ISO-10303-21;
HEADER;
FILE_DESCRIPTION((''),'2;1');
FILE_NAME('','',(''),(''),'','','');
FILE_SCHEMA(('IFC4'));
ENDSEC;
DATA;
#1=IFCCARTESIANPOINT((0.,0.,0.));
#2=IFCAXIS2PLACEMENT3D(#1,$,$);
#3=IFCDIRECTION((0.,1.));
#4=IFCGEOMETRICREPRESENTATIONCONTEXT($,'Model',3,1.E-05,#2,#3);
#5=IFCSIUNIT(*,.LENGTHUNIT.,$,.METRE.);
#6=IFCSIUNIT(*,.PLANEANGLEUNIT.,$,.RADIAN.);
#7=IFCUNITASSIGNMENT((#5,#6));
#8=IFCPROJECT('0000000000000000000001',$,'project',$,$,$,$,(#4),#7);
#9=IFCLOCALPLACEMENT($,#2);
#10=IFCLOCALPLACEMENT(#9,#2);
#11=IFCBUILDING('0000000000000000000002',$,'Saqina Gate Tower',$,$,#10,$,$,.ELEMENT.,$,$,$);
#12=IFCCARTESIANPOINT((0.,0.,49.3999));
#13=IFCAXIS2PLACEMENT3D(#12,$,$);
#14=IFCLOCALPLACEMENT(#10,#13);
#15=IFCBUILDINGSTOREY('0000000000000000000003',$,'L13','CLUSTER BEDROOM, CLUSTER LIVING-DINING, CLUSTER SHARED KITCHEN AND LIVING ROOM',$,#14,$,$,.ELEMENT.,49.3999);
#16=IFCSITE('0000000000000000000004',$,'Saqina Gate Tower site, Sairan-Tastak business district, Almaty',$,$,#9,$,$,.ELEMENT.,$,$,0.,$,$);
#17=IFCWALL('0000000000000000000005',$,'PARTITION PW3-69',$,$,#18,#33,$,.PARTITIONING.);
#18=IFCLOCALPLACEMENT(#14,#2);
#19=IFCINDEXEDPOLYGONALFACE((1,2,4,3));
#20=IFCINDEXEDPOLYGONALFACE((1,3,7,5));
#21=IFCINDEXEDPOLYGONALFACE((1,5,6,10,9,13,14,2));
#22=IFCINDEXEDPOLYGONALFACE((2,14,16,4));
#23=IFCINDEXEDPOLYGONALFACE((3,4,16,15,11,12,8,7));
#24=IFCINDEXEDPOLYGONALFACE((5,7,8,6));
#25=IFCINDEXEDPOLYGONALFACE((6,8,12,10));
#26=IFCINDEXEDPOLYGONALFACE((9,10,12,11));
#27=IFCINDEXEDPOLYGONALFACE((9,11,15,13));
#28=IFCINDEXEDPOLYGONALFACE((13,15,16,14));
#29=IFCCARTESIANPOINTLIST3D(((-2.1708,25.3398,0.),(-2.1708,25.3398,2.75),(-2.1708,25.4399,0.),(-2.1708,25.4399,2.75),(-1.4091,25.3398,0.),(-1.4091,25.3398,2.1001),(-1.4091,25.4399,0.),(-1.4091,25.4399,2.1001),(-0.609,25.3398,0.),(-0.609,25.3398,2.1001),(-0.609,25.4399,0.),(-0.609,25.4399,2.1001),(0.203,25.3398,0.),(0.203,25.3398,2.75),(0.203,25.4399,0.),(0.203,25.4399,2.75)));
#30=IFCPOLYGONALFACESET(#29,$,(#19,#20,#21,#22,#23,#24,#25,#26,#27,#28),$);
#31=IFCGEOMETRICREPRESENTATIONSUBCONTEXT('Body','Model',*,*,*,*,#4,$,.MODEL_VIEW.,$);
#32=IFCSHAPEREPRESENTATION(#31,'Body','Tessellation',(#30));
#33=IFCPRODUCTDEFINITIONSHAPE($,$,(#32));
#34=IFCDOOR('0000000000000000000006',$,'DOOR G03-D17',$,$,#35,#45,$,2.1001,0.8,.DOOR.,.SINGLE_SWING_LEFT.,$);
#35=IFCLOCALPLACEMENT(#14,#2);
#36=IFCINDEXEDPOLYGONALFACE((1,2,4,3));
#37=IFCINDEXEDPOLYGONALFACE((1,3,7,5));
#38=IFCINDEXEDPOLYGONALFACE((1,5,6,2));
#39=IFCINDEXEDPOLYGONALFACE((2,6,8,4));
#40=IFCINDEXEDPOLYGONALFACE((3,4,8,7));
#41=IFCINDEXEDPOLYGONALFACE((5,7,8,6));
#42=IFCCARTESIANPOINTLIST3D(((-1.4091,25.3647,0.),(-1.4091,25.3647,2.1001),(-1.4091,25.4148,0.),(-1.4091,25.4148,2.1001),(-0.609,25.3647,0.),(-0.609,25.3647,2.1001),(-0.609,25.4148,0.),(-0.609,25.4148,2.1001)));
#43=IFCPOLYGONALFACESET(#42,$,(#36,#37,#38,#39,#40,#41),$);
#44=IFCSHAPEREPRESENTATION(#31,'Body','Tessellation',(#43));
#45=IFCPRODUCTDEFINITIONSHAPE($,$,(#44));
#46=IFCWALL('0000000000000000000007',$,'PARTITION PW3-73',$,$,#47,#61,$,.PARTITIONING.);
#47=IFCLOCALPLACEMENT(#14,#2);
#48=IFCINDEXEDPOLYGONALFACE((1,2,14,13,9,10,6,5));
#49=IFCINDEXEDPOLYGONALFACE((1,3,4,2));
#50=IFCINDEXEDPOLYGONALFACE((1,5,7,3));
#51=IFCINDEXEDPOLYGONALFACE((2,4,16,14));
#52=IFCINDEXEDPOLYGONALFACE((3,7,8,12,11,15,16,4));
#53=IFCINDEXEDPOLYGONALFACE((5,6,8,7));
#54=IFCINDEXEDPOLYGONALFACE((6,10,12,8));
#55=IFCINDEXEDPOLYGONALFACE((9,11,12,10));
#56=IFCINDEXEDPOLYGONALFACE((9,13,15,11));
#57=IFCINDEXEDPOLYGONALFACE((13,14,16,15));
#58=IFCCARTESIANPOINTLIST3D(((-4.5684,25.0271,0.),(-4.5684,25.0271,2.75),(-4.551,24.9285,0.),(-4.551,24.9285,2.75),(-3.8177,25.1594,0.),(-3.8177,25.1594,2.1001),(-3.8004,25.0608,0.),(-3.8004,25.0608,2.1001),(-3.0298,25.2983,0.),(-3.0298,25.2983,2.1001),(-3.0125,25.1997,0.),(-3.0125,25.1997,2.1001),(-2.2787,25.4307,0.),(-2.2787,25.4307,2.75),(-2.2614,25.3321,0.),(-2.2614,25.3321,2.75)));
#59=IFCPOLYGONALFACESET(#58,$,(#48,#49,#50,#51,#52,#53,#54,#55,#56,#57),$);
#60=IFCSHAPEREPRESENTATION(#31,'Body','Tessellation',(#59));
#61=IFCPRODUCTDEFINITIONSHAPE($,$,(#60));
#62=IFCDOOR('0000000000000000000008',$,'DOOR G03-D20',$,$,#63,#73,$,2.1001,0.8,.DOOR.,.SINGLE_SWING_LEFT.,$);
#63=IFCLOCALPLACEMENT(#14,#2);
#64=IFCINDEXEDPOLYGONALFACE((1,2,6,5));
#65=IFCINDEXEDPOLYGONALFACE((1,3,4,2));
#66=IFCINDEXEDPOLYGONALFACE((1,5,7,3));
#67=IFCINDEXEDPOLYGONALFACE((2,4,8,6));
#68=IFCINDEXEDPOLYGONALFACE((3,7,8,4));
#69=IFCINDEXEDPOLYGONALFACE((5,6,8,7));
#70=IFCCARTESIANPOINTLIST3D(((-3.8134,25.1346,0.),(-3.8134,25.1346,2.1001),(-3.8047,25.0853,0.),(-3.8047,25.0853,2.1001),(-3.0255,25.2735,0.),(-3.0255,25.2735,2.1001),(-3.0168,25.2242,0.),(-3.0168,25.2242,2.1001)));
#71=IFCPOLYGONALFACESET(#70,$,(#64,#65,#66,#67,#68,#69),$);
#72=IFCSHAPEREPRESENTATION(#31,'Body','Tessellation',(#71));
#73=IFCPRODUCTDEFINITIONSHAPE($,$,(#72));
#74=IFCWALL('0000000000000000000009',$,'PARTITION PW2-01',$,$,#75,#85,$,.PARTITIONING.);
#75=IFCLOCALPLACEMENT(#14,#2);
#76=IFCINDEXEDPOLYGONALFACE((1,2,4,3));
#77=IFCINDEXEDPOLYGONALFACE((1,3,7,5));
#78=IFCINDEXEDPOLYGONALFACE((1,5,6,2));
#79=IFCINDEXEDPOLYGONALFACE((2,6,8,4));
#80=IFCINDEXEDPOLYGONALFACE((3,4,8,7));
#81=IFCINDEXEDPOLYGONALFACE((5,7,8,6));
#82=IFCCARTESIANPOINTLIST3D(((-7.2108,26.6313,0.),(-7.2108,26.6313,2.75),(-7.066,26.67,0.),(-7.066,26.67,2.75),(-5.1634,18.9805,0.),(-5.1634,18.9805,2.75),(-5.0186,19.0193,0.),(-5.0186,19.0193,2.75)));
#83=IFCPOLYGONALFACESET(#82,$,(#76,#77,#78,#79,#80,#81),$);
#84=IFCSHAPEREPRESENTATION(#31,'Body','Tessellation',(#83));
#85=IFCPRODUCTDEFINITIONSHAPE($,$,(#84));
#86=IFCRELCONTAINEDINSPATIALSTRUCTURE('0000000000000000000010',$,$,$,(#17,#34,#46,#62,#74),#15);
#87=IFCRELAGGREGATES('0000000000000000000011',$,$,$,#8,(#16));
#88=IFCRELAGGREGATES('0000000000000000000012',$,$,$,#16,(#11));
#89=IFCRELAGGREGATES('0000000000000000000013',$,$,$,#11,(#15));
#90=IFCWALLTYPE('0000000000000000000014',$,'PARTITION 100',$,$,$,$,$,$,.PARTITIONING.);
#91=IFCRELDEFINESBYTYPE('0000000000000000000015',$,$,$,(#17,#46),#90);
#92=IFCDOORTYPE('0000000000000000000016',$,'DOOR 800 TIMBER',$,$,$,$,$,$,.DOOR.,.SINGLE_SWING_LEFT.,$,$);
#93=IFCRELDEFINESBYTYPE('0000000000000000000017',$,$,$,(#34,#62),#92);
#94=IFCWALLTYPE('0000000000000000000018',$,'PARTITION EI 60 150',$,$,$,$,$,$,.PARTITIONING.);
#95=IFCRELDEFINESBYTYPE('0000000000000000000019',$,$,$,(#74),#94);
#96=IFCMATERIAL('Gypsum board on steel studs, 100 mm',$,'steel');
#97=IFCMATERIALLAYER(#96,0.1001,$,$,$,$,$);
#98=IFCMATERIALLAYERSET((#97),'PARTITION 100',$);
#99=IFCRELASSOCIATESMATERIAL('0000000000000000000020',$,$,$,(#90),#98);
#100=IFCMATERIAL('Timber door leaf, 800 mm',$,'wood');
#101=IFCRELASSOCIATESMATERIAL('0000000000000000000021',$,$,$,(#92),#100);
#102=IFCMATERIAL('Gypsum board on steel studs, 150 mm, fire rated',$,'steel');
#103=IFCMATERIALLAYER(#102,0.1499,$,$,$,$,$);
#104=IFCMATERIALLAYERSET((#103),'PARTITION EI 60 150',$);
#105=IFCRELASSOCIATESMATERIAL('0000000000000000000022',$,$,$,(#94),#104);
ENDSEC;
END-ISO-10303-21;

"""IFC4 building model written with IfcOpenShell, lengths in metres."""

from ifc_helpers import new_model, si_unit, direction, frame, frame_2d, origin, place, context, subcontext, project, spatial, rectangle, extrude, material, layer, layer_set, type_object, element, fill, save


model = new_model("IFC4")

# Units and contexts
model_context = context("Model", 3, precision=1e-05, world=origin(), true_north=direction((0.0, 1.0)))
body_context = subcontext(model_context, "Body", "Model", "MODEL_VIEW")
ifc_project = project(units=[si_unit("LENGTHUNIT", "METRE"), si_unit("PLANEANGLEUNIT", "RADIAN")], contexts=[model_context])

# Site, building, storey
site_placement = place(None, origin())
site = spatial("IfcSite", under=ifc_project, at=site_placement, Name="Saqina Gate Tower site, Sairan-Tastak business district, Almaty", CompositionType="ELEMENT", RefElevation=0.0)
building_placement = place(site_placement, origin())
building = spatial("IfcBuilding", under=site, at=building_placement, Name="Saqina Gate Tower", CompositionType="ELEMENT")
storey_placement = place(building_placement, frame((0.0, 0.0, 49.3999)))
storey = spatial("IfcBuildingStorey", under=building, at=storey_placement, Name="L13", Description="CLUSTER BEDROOM, CLUSTER LIVING-DINING, CLUSTER SHARED KITCHEN AND LIVING ROOM", CompositionType="ELEMENT", Elevation=49.3999)

# Shared definitions
ifc_material_1 = material(Name="Gypsum board on steel studs, 100 mm", Category="steel")
ifc_layer_1 = layer(ifc_material_1, 0.1001)
ifc_layer_set_1 = layer_set([ifc_layer_1], Name="PARTITION 100")
wall_type_1 = type_object("IfcWallType", Name="PARTITION 100", PredefinedType="PARTITIONING", material=ifc_layer_set_1)

# Walls, openings, doors
wall_1_placement = place(storey_placement, frame((-2.1709, 25.3899, 0.0), z_axis=(0.0, 0.0, 1.0), x_axis=(1.0, 0.0, 0.0)))
wall_1 = element("IfcWall", 1, at=wall_1_placement, inside=storey, type_object=wall_type_1, Name="PARTITION PW3-69", PredefinedType="PARTITIONING", context=body_context, shape_type="SweptSolid", body=[
    extrude(rectangle(XDim=2.3738, YDim=0.1001, at=frame_2d((1.187, 0.0))), origin(), (0.0, 0.0, 1.0), 2.75),
])
opening_1_placement = place(wall_1_placement, frame((0.762, 0.0, 0.0)))
opening_1 = element("IfcOpeningElement", 2, at=opening_1_placement, cuts=wall_1, PredefinedType="OPENING", context=body_context, shape_type="SweptSolid", body=[
    extrude(rectangle(XDim=0.8, YDim=2.1001, at=frame_2d((0.3999, 1.05))), frame((0.0, 0.062, 0.0), z_axis=(0.0, -1.0, 0.0), x_axis=(1.0, 0.0, 0.0)), (0.0, 0.0, 1.0), 0.124),
])
ifc_material_2 = material(Name="Timber door leaf, 800 mm", Category="wood")
door_type = type_object("IfcDoorType", Name="DOOR 800 TIMBER", OperationType="SINGLE_SWING_LEFT", PredefinedType="DOOR", material=ifc_material_2)
door_1_placement = place(opening_1_placement, origin())
door_1 = element("IfcDoor", 3, at=door_1_placement, inside=storey, type_object=door_type, Name="DOOR G03-D17", OperationType="SINGLE_SWING_LEFT", OverallHeight=2.1001, OverallWidth=0.8, PredefinedType="DOOR", context=body_context, shape_type="SweptSolid", body=[
    extrude(rectangle(XDim=0.8, YDim=2.1001, at=frame_2d((0.3999, 1.05))), frame((0.0, 0.0249, 0.0), z_axis=(0.0, -1.0, 0.0), x_axis=(1.0, 0.0, 0.0)), (0.0, 0.0, 1.0), 0.05),
])
fill(opening_1, door_1)
wall_2_placement = place(storey_placement, frame((-4.5598, 24.9778, 0.0), z_axis=(0.0, 0.0, 1.0), x_axis=(0.984818, 0.173588, 0.0)))
wall_2 = element("IfcWall", 4, at=wall_2_placement, inside=storey, type_object=wall_type_1, Name="PARTITION PW3-73", PredefinedType="PARTITIONING", context=body_context, shape_type="SweptSolid", body=[
    extrude(rectangle(XDim=2.325, YDim=0.1001, at=frame_2d((1.1626, 0.0))), origin(), (0.0, 0.0, 1.0), 2.75),
])
opening_2_placement = place(wall_2_placement, frame((0.7625, 0.0, 0.0)))
opening_2 = element("IfcOpeningElement", 5, at=opening_2_placement, cuts=wall_2, PredefinedType="OPENING", context=body_context, shape_type="SweptSolid", body=[
    extrude(rectangle(XDim=0.8, YDim=2.1001, at=frame_2d((0.3999, 1.05))), frame((0.0, 0.062, 0.0), z_axis=(0.0, -1.0, 0.0), x_axis=(1.0, 0.0, 0.0)), (0.0, 0.0, 1.0), 0.124),
])
door_2_placement = place(opening_2_placement, origin())
door_2 = element("IfcDoor", 6, at=door_2_placement, inside=storey, type_object=door_type, Name="DOOR G03-D20", OperationType="SINGLE_SWING_LEFT", OverallHeight=2.1001, OverallWidth=0.8, PredefinedType="DOOR", context=body_context, shape_type="SweptSolid", body=[
    extrude(rectangle(XDim=0.8, YDim=2.1001, at=frame_2d((0.3999, 1.05))), frame((0.0, 0.0249, 0.0), z_axis=(0.0, -1.0, 0.0), x_axis=(1.0, 0.0, 0.0)), (0.0, 0.0, 1.0), 0.05),
])
fill(opening_2, door_2)

# Wall
ifc_material_3 = material(Name="Gypsum board on steel studs, 150 mm, fire rated", Category="steel")
ifc_layer_2 = layer(ifc_material_3, 0.1499)
ifc_layer_set_2 = layer_set([ifc_layer_2], Name="PARTITION EI 60 150")
wall_type_2 = type_object("IfcWallType", Name="PARTITION EI 60 150", PredefinedType="PARTITIONING", material=ifc_layer_set_2)
wall_3_placement = place(storey_placement, frame((-7.1384, 26.6506, 0.0), z_axis=(0.0, 0.0, 1.0), x_axis=(0.258511, -0.966008, 0.0)))
element("IfcWall", 7, at=wall_3_placement, inside=storey, type_object=wall_type_2, Name="PARTITION PW2-01", PredefinedType="PARTITIONING", context=body_context, shape_type="SweptSolid", body=[
    extrude(rectangle(XDim=7.9199, YDim=0.1499, at=frame_2d((3.96, 0.0))), origin(), (0.0, 0.0, 1.0), 2.75),
])

save(model, "model.ifc")
